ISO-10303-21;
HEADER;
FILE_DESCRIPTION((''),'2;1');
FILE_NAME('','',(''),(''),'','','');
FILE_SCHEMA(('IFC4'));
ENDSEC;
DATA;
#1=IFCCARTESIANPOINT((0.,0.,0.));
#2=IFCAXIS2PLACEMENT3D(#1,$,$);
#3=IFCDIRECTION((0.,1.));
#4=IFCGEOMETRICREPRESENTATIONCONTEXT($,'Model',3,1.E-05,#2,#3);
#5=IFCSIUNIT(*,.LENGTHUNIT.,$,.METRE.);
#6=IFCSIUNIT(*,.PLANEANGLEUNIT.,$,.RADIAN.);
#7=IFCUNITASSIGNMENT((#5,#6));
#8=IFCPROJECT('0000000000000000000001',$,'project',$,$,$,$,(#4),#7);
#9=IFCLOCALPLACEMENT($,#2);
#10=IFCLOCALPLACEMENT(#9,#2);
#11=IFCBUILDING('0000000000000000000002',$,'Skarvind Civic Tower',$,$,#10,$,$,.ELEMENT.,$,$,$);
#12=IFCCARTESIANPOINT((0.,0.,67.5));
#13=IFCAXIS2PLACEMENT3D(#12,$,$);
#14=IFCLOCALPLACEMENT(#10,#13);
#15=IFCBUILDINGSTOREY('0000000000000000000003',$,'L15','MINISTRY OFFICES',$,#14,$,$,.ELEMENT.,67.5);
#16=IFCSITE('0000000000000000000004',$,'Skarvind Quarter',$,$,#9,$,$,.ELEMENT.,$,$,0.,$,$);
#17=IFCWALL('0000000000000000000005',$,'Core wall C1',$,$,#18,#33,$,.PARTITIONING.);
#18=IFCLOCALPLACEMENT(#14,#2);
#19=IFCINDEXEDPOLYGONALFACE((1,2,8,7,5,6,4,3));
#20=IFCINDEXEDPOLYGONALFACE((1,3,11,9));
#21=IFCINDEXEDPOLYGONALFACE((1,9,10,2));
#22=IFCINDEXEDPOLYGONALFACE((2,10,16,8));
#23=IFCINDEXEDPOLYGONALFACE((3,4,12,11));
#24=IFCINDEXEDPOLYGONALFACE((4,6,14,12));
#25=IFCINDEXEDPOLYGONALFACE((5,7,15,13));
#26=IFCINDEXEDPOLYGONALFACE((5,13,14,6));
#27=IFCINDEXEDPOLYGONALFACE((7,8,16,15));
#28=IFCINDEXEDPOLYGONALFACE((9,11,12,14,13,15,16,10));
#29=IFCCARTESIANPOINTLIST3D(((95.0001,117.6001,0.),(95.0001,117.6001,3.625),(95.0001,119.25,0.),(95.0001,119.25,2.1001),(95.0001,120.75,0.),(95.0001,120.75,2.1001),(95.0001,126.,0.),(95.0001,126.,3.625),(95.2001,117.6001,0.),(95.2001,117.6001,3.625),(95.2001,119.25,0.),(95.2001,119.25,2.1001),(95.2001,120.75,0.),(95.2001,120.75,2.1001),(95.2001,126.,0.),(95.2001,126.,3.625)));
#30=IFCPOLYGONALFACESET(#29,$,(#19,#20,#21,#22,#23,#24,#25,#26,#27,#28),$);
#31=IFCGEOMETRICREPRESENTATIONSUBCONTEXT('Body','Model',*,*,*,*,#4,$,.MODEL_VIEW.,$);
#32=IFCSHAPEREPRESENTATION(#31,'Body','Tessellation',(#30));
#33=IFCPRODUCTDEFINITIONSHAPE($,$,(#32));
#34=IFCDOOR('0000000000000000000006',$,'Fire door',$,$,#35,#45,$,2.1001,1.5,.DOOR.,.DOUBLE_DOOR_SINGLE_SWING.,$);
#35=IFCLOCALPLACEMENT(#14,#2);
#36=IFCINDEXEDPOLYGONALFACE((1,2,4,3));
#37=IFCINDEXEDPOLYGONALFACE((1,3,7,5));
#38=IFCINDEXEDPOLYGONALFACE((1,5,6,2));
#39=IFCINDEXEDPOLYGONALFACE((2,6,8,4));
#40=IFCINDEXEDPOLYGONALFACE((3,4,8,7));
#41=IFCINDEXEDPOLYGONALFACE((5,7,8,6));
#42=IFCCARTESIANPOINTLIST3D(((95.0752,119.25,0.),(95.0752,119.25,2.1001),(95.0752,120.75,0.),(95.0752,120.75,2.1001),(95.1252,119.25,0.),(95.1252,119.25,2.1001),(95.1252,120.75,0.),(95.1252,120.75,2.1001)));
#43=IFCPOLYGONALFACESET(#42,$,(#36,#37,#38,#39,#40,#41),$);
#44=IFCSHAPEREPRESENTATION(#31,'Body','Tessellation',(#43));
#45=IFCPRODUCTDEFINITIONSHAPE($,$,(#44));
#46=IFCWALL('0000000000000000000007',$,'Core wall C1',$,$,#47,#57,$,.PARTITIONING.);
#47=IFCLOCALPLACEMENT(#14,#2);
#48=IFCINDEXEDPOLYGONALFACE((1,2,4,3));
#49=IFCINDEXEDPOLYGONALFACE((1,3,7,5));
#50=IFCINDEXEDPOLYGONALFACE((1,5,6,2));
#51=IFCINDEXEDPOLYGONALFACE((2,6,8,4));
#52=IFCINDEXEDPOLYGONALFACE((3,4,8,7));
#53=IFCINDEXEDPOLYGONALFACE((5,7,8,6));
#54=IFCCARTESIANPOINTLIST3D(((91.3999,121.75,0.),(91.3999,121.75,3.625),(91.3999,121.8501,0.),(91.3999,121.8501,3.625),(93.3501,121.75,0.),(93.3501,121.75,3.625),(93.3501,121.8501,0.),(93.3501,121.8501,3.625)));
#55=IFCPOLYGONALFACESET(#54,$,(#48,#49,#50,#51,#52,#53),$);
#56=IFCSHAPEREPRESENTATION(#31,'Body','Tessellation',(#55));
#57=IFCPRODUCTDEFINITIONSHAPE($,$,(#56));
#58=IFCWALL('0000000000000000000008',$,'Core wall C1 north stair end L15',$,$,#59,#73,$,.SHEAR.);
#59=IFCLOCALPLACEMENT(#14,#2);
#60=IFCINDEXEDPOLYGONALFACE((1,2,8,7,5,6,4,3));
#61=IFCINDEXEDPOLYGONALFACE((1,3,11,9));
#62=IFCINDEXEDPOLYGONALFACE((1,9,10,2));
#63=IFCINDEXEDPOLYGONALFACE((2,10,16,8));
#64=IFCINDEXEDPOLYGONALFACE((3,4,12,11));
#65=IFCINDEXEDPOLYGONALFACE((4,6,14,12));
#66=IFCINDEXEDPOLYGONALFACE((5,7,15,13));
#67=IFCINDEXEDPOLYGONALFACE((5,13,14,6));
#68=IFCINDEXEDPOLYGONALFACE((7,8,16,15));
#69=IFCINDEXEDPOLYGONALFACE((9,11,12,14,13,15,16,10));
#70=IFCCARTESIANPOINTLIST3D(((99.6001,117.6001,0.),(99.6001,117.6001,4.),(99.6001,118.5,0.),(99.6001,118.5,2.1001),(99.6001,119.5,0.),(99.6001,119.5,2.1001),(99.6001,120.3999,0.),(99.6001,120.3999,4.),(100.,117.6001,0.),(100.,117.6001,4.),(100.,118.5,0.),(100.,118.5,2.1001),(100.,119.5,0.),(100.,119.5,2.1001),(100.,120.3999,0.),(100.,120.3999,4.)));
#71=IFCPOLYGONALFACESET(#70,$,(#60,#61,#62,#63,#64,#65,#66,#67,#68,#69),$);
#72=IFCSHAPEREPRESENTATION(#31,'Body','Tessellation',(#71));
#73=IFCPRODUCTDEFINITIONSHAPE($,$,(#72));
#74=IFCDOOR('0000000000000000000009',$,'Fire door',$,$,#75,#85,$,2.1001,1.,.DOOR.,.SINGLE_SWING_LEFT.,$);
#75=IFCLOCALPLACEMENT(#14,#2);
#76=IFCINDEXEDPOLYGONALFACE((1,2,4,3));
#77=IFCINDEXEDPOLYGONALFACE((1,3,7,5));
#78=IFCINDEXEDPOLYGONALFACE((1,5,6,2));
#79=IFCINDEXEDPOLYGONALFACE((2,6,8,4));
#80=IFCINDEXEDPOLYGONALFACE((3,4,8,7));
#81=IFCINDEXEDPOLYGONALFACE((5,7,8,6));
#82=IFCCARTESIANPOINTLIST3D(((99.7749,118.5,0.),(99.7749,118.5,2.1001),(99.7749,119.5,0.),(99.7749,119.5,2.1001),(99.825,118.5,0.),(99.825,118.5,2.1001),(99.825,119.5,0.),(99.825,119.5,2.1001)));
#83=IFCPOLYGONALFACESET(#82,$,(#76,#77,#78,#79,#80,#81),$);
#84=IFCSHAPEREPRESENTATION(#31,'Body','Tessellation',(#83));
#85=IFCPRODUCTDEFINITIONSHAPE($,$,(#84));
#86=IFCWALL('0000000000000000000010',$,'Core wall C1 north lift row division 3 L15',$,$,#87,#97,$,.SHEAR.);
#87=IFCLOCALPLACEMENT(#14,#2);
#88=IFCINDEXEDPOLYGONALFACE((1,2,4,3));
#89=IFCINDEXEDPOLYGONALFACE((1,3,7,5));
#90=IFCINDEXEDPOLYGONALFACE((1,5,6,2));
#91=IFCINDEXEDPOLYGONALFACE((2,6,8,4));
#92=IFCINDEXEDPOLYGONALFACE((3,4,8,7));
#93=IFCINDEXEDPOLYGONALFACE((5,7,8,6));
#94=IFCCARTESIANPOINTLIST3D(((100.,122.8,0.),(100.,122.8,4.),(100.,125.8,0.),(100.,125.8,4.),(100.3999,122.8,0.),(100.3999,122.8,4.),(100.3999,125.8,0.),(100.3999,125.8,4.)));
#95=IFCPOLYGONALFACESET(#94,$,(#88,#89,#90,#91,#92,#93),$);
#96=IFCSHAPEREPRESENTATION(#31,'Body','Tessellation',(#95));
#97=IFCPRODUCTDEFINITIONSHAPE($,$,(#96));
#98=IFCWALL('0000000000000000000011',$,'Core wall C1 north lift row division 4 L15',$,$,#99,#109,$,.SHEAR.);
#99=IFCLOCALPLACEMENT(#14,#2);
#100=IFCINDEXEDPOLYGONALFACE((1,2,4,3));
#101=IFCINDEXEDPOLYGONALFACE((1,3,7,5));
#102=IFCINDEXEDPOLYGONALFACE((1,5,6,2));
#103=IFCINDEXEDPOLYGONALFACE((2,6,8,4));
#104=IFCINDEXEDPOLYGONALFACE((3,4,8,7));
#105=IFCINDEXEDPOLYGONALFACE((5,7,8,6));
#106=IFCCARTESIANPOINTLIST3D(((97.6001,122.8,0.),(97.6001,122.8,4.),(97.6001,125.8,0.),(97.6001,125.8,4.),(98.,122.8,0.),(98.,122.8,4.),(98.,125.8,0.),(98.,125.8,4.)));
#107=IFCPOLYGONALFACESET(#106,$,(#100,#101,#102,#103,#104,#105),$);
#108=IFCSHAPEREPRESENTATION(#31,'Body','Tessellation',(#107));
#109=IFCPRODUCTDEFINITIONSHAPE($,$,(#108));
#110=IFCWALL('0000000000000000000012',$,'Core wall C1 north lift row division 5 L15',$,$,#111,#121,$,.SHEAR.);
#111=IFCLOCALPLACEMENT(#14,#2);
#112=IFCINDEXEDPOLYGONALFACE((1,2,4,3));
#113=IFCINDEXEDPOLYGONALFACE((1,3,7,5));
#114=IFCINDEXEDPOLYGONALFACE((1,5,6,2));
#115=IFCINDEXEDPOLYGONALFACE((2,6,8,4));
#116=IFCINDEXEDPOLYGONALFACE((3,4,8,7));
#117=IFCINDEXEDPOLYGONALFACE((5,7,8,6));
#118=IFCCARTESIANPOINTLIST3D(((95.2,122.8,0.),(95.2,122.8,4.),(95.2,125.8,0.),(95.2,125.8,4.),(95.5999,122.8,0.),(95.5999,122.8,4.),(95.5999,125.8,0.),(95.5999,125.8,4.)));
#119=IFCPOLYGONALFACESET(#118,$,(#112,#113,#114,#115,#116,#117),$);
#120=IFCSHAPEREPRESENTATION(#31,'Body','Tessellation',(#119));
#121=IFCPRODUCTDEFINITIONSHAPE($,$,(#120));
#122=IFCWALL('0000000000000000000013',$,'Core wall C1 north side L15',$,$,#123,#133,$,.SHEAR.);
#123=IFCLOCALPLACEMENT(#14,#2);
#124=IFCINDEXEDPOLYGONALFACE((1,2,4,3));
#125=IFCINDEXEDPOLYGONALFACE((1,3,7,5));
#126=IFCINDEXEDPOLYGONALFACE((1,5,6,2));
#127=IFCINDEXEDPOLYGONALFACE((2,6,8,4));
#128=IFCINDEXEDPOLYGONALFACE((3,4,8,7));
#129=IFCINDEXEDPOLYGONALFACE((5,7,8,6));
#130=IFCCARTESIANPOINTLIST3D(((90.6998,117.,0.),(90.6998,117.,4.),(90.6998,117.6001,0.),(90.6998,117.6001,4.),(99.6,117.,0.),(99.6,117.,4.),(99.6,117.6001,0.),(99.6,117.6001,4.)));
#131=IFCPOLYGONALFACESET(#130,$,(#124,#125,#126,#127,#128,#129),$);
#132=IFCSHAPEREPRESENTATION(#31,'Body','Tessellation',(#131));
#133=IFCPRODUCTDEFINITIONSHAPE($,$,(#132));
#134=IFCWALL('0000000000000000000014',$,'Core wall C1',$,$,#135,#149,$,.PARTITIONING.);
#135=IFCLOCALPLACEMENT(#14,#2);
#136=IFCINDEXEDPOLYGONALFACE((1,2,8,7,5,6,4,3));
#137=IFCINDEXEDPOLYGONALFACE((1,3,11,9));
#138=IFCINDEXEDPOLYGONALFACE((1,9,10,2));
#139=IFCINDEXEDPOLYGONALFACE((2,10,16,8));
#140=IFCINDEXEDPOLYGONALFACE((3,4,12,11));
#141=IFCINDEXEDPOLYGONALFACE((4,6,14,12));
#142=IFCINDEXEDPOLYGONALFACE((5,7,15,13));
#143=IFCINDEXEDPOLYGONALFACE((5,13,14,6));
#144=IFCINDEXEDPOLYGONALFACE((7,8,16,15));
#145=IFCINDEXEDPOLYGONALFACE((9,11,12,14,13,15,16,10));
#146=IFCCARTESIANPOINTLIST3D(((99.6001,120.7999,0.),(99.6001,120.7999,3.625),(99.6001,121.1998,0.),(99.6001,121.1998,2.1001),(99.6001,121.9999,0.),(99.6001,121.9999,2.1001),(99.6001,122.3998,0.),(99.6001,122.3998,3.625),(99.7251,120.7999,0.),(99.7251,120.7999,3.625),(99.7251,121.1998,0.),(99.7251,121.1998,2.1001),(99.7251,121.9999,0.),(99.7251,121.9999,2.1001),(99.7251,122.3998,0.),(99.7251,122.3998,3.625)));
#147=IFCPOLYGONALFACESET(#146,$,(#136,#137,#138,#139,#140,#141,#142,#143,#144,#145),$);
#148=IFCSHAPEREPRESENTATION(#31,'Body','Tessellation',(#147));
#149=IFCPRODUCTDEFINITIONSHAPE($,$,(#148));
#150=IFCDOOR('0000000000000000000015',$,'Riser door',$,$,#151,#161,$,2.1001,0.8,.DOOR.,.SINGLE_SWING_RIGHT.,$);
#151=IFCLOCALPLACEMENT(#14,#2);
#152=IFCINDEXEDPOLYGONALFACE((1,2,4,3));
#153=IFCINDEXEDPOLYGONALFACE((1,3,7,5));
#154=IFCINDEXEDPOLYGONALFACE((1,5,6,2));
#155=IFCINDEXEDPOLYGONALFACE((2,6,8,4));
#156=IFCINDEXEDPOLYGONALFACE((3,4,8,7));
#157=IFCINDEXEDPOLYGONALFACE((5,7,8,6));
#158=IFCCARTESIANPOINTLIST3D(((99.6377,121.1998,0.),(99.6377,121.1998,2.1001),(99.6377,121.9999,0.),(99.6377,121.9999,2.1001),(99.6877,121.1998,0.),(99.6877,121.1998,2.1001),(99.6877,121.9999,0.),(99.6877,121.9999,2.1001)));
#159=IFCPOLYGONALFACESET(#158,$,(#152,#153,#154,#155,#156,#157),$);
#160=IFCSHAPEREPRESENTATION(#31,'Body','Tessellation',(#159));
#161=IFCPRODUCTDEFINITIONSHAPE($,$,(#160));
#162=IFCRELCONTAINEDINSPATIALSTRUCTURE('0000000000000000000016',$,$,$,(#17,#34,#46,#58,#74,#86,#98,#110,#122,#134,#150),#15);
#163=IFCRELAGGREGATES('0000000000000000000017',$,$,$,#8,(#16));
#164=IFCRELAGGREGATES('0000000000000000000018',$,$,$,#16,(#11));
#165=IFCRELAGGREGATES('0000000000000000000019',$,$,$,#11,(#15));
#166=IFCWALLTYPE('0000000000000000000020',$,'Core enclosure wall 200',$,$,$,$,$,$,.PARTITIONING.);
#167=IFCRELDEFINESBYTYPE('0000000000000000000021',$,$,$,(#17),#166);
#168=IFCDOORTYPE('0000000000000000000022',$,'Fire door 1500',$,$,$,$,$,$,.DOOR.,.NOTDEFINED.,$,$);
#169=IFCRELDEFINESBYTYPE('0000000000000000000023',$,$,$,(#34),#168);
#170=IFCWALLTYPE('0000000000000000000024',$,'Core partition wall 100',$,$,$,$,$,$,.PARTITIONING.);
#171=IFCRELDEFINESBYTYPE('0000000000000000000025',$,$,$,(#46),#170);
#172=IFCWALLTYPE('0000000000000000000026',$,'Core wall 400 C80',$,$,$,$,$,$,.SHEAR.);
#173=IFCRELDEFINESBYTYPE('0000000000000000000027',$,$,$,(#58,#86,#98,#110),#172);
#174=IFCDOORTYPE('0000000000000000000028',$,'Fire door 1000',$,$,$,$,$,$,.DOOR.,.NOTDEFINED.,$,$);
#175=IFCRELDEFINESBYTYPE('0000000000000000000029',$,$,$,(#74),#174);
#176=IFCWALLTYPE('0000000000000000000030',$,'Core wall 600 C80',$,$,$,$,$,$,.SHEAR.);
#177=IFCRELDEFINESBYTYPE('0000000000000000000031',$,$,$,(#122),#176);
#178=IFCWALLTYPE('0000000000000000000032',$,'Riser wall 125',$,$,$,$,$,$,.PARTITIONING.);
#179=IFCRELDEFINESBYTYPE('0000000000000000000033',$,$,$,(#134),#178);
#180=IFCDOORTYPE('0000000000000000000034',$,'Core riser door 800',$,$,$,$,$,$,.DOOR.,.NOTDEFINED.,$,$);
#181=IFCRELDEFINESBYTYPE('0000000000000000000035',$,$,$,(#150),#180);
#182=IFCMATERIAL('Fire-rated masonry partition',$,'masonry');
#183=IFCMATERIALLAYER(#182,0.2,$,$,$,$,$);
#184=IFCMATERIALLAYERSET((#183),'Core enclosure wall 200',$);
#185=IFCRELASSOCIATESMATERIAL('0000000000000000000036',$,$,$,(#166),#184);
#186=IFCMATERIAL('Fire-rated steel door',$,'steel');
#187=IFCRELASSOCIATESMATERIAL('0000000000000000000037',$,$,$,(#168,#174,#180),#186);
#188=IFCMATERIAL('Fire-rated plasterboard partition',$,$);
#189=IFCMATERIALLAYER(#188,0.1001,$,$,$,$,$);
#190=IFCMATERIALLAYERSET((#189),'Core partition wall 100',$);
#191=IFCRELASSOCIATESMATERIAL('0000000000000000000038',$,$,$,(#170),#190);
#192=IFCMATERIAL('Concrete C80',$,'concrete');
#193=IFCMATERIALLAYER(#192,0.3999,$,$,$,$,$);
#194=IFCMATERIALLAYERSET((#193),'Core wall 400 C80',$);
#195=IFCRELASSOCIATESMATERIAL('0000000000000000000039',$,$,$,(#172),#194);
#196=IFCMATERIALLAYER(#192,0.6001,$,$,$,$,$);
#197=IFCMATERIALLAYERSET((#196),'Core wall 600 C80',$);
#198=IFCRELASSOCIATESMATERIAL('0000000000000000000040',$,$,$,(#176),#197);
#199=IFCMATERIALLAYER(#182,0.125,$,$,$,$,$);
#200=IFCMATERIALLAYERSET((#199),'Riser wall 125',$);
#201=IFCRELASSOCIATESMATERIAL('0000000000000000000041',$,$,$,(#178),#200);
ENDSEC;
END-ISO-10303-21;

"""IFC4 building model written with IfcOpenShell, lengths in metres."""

from ifc_helpers import new_model, si_unit, direction, frame, frame_2d, origin, place, context, subcontext, project, spatial, rectangle, extrude, material, layer, layer_set, type_object, element, fill, save


model = new_model("IFC4")

# Units and contexts
model_context = context("Model", 3, precision=1e-05, world=origin(), true_north=direction((0.0, 1.0)))
body_context = subcontext(model_context, "Body", "Model", "MODEL_VIEW")
ifc_project = project(units=[si_unit("LENGTHUNIT", "METRE"), si_unit("PLANEANGLEUNIT", "RADIAN")], contexts=[model_context])

# Site, building, storey
site_placement = place(None, origin())
site = spatial("IfcSite", under=ifc_project, at=site_placement, Name="Skarvind Quarter", CompositionType="ELEMENT", RefElevation=0.0)
building_placement = place(site_placement, origin())
building = spatial("IfcBuilding", under=site, at=building_placement, Name="Skarvind Civic Tower", CompositionType="ELEMENT")
storey_placement = place(building_placement, frame((0.0, 0.0, 67.5)))
storey = spatial("IfcBuildingStorey", under=building, at=storey_placement, Name="L15", Description="MINISTRY OFFICES", CompositionType="ELEMENT", Elevation=67.5)

# Wall, opening, door
ifc_material_1 = material(Name="Fire-rated masonry partition", Category="masonry")
ifc_layer_1 = layer(ifc_material_1, 0.2)
ifc_layer_set_1 = layer_set([ifc_layer_1], Name="Core enclosure wall 200")
wall_type_1 = type_object("IfcWallType", Name="Core enclosure wall 200", PredefinedType="PARTITIONING", material=ifc_layer_set_1)
wall_1_placement = place(storey_placement, frame((95.1001, 117.6001, 0.0), z_axis=(0.0, 0.0, 1.0), x_axis=(0.0, 1.0, 0.0)))
wall_1 = element("IfcWall", 1, at=wall_1_placement, inside=storey, type_object=wall_type_1, Name="Core wall C1", PredefinedType="PARTITIONING", context=body_context, shape_type="SweptSolid", body=[
    extrude(rectangle(XDim=8.3999, YDim=0.2, at=frame_2d((4.2, 0.0))), origin(), (0.0, 0.0, 1.0), 3.625),
])
opening_1_placement = place(wall_1_placement, frame((1.6499, 0.0, 0.0)))
opening_1 = element("IfcOpeningElement", 2, at=opening_1_placement, cuts=wall_1, PredefinedType="OPENING", context=body_context, shape_type="SweptSolid", body=[
    extrude(rectangle(XDim=1.5, YDim=2.1001, at=frame_2d((0.75, 1.05))), frame((0.0, 0.1099, 0.0), z_axis=(0.0, -1.0, 0.0), x_axis=(1.0, 0.0, 0.0)), (0.0, 0.0, 1.0), 0.22),
])
ifc_material_2 = material(Name="Fire-rated steel door", Category="steel")
door_type_1 = type_object("IfcDoorType", Name="Fire door 1500", OperationType="NOTDEFINED", PredefinedType="DOOR", material=ifc_material_2)
door_1_placement = place(opening_1_placement, origin())
door_1 = element("IfcDoor", 3, at=door_1_placement, inside=storey, type_object=door_type_1, Name="Fire door", OperationType="DOUBLE_DOOR_SINGLE_SWING", OverallHeight=2.1001, OverallWidth=1.5, PredefinedType="DOOR", context=body_context, shape_type="SweptSolid", body=[
    extrude(rectangle(XDim=1.5, YDim=2.1001, at=frame_2d((0.75, 1.05))), frame((0.0, 0.0249, 0.0), z_axis=(0.0, -1.0, 0.0), x_axis=(1.0, 0.0, 0.0)), (0.0, 0.0, 1.0), 0.05),
])
fill(opening_1, door_1)

# Wall
ifc_material_3 = material(Name="Fire-rated plasterboard partition")
ifc_layer_2 = layer(ifc_material_3, 0.1001)
ifc_layer_set_2 = layer_set([ifc_layer_2], Name="Core partition wall 100")
wall_type_2 = type_object("IfcWallType", Name="Core partition wall 100", PredefinedType="PARTITIONING", material=ifc_layer_set_2)
wall_2_placement = place(storey_placement, frame((93.3501, 121.8, 0.0), z_axis=(0.0, 0.0, 1.0), x_axis=(-1.0, 0.0, 0.0)))
element("IfcWall", 4, at=wall_2_placement, inside=storey, type_object=wall_type_2, Name="Core wall C1", PredefinedType="PARTITIONING", context=body_context, shape_type="SweptSolid", body=[
    extrude(rectangle(XDim=1.9502, YDim=0.1001, at=frame_2d((0.9751, 0.0))), origin(), (0.0, 0.0, 1.0), 3.625),
])

# Wall, opening, door
ifc_material_4 = material(Name="Concrete C80", Category="concrete")
ifc_layer_3 = layer(ifc_material_4, 0.3999)
ifc_layer_set_3 = layer_set([ifc_layer_3], Name="Core wall 400 C80")
wall_type_3 = type_object("IfcWallType", Name="Core wall 400 C80", PredefinedType="SHEAR", material=ifc_layer_set_3)
wall_3_placement = place(storey_placement, frame((99.8, 120.3999, 0.0), z_axis=(0.0, 0.0, 1.0), x_axis=(0.0, -1.0, 0.0)))
wall_3 = element("IfcWall", 5, at=wall_3_placement, inside=storey, type_object=wall_type_3, Name="Core wall C1 north stair end L15", PredefinedType="SHEAR", context=body_context, shape_type="SweptSolid", body=[
    extrude(rectangle(XDim=2.7998, YDim=0.3999, at=frame_2d((1.3999, 0.0))), origin(), (0.0, 0.0, 1.0), 4.0),
])
opening_2_placement = place(wall_3_placement, frame((0.8999, 0.0, 0.0)))
opening_2 = element("IfcOpeningElement", 6, at=opening_2_placement, cuts=wall_3, PredefinedType="OPENING", context=body_context, shape_type="SweptSolid", body=[
    extrude(rectangle(XDim=1.0, YDim=2.1001, at=frame_2d((0.5, 1.05))), frame((0.0, 0.21, 0.0), z_axis=(0.0, -1.0, 0.0), x_axis=(1.0, 0.0, 0.0)), (0.0, 0.0, 1.0), 0.4199),
])
door_type_2 = type_object("IfcDoorType", Name="Fire door 1000", OperationType="NOTDEFINED", PredefinedType="DOOR", material=ifc_material_2)
door_2_placement = place(opening_2_placement, origin())
door_2 = element("IfcDoor", 7, at=door_2_placement, inside=storey, type_object=door_type_2, Name="Fire door", OperationType="SINGLE_SWING_LEFT", OverallHeight=2.1001, OverallWidth=1.0, PredefinedType="DOOR", context=body_context, shape_type="SweptSolid", body=[
    extrude(rectangle(XDim=1.0, YDim=2.1001, at=frame_2d((0.5, 1.05))), frame((0.0, 0.0249, 0.0), z_axis=(0.0, -1.0, 0.0), x_axis=(1.0, 0.0, 0.0)), (0.0, 0.0, 1.0), 0.05),
])
fill(opening_2, door_2)

# Walls
for number, where, z_axis, x_axis, name in (
    (8, (100.2, 125.8, 0.0), (0.0, 0.0, 1.0), (0.0, -1.0, 0.0), "Core wall C1 north lift row division 3 L15"),
    (9, (97.8, 125.8, 0.0), (0.0, 0.0, 1.0), (0.0, -1.0, 0.0), "Core wall C1 north lift row division 4 L15"),
    (10, (95.3999, 125.8, 0.0), (0.0, 0.0, 1.0), (0.0, -1.0, 0.0), "Core wall C1 north lift row division 5 L15"),
):
    element("IfcWall", number, at=place(storey_placement, frame(where, z_axis=z_axis, x_axis=x_axis)), inside=storey, type_object=wall_type_3, Name=name, PredefinedType="SHEAR", context=body_context, shape_type="SweptSolid", body=[
        extrude(rectangle(XDim=3.0, YDim=0.3999, at=frame_2d((1.5, 0.0))), origin(), (0.0, 0.0, 1.0), 4.0),
    ])
ifc_layer_4 = layer(ifc_material_4, 0.6001)
ifc_layer_set_4 = layer_set([ifc_layer_4], Name="Core wall 600 C80")
wall_type_4 = type_object("IfcWallType", Name="Core wall 600 C80", PredefinedType="SHEAR", material=ifc_layer_set_4)
wall_4_placement = place(storey_placement, frame((99.6001, 117.3, 0.0), z_axis=(0.0, 0.0, 1.0), x_axis=(-1.0, 0.0, 0.0)))
element("IfcWall", 11, at=wall_4_placement, inside=storey, type_object=wall_type_4, Name="Core wall C1 north side L15", PredefinedType="SHEAR", context=body_context, shape_type="SweptSolid", body=[
    extrude(rectangle(XDim=8.9001, YDim=0.6001, at=frame_2d((4.4502, 0.0))), origin(), (0.0, 0.0, 1.0), 4.0),
])

# Wall, opening, door
ifc_layer_5 = layer(ifc_material_1, 0.125)
ifc_layer_set_5 = layer_set([ifc_layer_5], Name="Riser wall 125")
wall_type_5 = type_object("IfcWallType", Name="Riser wall 125", PredefinedType="PARTITIONING", material=ifc_layer_set_5)
wall_5_placement = place(storey_placement, frame((99.6626, 120.8, 0.0), z_axis=(0.0, 0.0, 1.0), x_axis=(0.0, 1.0, 0.0)))
wall_5 = element("IfcWall", 12, at=wall_5_placement, inside=storey, type_object=wall_type_5, Name="Core wall C1", PredefinedType="PARTITIONING", context=body_context, shape_type="SweptSolid", body=[
    extrude(rectangle(XDim=1.5999, YDim=0.125, at=frame_2d((0.7998, 0.0))), origin(), (0.0, 0.0, 1.0), 3.625),
])
opening_3_placement = place(wall_5_placement, frame((0.3999, 0.0, 0.0)))
opening_3 = element("IfcOpeningElement", 13, at=opening_3_placement, cuts=wall_5, PredefinedType="OPENING", context=body_context, shape_type="SweptSolid", body=[
    extrude(rectangle(XDim=0.8, YDim=2.1001, at=frame_2d((0.3999, 1.05))), frame((0.0, 0.0725, 0.0), z_axis=(0.0, -1.0, 0.0), x_axis=(1.0, 0.0, 0.0)), (0.0, 0.0, 1.0), 0.145),
])
door_type_3 = type_object("IfcDoorType", Name="Core riser door 800", OperationType="NOTDEFINED", PredefinedType="DOOR", material=ifc_material_2)
door_3_placement = place(opening_3_placement, origin())
door_3 = element("IfcDoor", 14, at=door_3_placement, inside=storey, type_object=door_type_3, Name="Riser door", OperationType="SINGLE_SWING_RIGHT", OverallHeight=2.1001, OverallWidth=0.8, PredefinedType="DOOR", context=body_context, shape_type="SweptSolid", body=[
    extrude(rectangle(XDim=0.8, YDim=2.1001, at=frame_2d((0.3999, 1.05))), frame((0.0, 0.0249, 0.0), z_axis=(0.0, -1.0, 0.0), x_axis=(1.0, 0.0, 0.0)), (0.0, 0.0, 1.0), 0.05),
])
fill(opening_3, door_3)

save(model, "model.ifc")
